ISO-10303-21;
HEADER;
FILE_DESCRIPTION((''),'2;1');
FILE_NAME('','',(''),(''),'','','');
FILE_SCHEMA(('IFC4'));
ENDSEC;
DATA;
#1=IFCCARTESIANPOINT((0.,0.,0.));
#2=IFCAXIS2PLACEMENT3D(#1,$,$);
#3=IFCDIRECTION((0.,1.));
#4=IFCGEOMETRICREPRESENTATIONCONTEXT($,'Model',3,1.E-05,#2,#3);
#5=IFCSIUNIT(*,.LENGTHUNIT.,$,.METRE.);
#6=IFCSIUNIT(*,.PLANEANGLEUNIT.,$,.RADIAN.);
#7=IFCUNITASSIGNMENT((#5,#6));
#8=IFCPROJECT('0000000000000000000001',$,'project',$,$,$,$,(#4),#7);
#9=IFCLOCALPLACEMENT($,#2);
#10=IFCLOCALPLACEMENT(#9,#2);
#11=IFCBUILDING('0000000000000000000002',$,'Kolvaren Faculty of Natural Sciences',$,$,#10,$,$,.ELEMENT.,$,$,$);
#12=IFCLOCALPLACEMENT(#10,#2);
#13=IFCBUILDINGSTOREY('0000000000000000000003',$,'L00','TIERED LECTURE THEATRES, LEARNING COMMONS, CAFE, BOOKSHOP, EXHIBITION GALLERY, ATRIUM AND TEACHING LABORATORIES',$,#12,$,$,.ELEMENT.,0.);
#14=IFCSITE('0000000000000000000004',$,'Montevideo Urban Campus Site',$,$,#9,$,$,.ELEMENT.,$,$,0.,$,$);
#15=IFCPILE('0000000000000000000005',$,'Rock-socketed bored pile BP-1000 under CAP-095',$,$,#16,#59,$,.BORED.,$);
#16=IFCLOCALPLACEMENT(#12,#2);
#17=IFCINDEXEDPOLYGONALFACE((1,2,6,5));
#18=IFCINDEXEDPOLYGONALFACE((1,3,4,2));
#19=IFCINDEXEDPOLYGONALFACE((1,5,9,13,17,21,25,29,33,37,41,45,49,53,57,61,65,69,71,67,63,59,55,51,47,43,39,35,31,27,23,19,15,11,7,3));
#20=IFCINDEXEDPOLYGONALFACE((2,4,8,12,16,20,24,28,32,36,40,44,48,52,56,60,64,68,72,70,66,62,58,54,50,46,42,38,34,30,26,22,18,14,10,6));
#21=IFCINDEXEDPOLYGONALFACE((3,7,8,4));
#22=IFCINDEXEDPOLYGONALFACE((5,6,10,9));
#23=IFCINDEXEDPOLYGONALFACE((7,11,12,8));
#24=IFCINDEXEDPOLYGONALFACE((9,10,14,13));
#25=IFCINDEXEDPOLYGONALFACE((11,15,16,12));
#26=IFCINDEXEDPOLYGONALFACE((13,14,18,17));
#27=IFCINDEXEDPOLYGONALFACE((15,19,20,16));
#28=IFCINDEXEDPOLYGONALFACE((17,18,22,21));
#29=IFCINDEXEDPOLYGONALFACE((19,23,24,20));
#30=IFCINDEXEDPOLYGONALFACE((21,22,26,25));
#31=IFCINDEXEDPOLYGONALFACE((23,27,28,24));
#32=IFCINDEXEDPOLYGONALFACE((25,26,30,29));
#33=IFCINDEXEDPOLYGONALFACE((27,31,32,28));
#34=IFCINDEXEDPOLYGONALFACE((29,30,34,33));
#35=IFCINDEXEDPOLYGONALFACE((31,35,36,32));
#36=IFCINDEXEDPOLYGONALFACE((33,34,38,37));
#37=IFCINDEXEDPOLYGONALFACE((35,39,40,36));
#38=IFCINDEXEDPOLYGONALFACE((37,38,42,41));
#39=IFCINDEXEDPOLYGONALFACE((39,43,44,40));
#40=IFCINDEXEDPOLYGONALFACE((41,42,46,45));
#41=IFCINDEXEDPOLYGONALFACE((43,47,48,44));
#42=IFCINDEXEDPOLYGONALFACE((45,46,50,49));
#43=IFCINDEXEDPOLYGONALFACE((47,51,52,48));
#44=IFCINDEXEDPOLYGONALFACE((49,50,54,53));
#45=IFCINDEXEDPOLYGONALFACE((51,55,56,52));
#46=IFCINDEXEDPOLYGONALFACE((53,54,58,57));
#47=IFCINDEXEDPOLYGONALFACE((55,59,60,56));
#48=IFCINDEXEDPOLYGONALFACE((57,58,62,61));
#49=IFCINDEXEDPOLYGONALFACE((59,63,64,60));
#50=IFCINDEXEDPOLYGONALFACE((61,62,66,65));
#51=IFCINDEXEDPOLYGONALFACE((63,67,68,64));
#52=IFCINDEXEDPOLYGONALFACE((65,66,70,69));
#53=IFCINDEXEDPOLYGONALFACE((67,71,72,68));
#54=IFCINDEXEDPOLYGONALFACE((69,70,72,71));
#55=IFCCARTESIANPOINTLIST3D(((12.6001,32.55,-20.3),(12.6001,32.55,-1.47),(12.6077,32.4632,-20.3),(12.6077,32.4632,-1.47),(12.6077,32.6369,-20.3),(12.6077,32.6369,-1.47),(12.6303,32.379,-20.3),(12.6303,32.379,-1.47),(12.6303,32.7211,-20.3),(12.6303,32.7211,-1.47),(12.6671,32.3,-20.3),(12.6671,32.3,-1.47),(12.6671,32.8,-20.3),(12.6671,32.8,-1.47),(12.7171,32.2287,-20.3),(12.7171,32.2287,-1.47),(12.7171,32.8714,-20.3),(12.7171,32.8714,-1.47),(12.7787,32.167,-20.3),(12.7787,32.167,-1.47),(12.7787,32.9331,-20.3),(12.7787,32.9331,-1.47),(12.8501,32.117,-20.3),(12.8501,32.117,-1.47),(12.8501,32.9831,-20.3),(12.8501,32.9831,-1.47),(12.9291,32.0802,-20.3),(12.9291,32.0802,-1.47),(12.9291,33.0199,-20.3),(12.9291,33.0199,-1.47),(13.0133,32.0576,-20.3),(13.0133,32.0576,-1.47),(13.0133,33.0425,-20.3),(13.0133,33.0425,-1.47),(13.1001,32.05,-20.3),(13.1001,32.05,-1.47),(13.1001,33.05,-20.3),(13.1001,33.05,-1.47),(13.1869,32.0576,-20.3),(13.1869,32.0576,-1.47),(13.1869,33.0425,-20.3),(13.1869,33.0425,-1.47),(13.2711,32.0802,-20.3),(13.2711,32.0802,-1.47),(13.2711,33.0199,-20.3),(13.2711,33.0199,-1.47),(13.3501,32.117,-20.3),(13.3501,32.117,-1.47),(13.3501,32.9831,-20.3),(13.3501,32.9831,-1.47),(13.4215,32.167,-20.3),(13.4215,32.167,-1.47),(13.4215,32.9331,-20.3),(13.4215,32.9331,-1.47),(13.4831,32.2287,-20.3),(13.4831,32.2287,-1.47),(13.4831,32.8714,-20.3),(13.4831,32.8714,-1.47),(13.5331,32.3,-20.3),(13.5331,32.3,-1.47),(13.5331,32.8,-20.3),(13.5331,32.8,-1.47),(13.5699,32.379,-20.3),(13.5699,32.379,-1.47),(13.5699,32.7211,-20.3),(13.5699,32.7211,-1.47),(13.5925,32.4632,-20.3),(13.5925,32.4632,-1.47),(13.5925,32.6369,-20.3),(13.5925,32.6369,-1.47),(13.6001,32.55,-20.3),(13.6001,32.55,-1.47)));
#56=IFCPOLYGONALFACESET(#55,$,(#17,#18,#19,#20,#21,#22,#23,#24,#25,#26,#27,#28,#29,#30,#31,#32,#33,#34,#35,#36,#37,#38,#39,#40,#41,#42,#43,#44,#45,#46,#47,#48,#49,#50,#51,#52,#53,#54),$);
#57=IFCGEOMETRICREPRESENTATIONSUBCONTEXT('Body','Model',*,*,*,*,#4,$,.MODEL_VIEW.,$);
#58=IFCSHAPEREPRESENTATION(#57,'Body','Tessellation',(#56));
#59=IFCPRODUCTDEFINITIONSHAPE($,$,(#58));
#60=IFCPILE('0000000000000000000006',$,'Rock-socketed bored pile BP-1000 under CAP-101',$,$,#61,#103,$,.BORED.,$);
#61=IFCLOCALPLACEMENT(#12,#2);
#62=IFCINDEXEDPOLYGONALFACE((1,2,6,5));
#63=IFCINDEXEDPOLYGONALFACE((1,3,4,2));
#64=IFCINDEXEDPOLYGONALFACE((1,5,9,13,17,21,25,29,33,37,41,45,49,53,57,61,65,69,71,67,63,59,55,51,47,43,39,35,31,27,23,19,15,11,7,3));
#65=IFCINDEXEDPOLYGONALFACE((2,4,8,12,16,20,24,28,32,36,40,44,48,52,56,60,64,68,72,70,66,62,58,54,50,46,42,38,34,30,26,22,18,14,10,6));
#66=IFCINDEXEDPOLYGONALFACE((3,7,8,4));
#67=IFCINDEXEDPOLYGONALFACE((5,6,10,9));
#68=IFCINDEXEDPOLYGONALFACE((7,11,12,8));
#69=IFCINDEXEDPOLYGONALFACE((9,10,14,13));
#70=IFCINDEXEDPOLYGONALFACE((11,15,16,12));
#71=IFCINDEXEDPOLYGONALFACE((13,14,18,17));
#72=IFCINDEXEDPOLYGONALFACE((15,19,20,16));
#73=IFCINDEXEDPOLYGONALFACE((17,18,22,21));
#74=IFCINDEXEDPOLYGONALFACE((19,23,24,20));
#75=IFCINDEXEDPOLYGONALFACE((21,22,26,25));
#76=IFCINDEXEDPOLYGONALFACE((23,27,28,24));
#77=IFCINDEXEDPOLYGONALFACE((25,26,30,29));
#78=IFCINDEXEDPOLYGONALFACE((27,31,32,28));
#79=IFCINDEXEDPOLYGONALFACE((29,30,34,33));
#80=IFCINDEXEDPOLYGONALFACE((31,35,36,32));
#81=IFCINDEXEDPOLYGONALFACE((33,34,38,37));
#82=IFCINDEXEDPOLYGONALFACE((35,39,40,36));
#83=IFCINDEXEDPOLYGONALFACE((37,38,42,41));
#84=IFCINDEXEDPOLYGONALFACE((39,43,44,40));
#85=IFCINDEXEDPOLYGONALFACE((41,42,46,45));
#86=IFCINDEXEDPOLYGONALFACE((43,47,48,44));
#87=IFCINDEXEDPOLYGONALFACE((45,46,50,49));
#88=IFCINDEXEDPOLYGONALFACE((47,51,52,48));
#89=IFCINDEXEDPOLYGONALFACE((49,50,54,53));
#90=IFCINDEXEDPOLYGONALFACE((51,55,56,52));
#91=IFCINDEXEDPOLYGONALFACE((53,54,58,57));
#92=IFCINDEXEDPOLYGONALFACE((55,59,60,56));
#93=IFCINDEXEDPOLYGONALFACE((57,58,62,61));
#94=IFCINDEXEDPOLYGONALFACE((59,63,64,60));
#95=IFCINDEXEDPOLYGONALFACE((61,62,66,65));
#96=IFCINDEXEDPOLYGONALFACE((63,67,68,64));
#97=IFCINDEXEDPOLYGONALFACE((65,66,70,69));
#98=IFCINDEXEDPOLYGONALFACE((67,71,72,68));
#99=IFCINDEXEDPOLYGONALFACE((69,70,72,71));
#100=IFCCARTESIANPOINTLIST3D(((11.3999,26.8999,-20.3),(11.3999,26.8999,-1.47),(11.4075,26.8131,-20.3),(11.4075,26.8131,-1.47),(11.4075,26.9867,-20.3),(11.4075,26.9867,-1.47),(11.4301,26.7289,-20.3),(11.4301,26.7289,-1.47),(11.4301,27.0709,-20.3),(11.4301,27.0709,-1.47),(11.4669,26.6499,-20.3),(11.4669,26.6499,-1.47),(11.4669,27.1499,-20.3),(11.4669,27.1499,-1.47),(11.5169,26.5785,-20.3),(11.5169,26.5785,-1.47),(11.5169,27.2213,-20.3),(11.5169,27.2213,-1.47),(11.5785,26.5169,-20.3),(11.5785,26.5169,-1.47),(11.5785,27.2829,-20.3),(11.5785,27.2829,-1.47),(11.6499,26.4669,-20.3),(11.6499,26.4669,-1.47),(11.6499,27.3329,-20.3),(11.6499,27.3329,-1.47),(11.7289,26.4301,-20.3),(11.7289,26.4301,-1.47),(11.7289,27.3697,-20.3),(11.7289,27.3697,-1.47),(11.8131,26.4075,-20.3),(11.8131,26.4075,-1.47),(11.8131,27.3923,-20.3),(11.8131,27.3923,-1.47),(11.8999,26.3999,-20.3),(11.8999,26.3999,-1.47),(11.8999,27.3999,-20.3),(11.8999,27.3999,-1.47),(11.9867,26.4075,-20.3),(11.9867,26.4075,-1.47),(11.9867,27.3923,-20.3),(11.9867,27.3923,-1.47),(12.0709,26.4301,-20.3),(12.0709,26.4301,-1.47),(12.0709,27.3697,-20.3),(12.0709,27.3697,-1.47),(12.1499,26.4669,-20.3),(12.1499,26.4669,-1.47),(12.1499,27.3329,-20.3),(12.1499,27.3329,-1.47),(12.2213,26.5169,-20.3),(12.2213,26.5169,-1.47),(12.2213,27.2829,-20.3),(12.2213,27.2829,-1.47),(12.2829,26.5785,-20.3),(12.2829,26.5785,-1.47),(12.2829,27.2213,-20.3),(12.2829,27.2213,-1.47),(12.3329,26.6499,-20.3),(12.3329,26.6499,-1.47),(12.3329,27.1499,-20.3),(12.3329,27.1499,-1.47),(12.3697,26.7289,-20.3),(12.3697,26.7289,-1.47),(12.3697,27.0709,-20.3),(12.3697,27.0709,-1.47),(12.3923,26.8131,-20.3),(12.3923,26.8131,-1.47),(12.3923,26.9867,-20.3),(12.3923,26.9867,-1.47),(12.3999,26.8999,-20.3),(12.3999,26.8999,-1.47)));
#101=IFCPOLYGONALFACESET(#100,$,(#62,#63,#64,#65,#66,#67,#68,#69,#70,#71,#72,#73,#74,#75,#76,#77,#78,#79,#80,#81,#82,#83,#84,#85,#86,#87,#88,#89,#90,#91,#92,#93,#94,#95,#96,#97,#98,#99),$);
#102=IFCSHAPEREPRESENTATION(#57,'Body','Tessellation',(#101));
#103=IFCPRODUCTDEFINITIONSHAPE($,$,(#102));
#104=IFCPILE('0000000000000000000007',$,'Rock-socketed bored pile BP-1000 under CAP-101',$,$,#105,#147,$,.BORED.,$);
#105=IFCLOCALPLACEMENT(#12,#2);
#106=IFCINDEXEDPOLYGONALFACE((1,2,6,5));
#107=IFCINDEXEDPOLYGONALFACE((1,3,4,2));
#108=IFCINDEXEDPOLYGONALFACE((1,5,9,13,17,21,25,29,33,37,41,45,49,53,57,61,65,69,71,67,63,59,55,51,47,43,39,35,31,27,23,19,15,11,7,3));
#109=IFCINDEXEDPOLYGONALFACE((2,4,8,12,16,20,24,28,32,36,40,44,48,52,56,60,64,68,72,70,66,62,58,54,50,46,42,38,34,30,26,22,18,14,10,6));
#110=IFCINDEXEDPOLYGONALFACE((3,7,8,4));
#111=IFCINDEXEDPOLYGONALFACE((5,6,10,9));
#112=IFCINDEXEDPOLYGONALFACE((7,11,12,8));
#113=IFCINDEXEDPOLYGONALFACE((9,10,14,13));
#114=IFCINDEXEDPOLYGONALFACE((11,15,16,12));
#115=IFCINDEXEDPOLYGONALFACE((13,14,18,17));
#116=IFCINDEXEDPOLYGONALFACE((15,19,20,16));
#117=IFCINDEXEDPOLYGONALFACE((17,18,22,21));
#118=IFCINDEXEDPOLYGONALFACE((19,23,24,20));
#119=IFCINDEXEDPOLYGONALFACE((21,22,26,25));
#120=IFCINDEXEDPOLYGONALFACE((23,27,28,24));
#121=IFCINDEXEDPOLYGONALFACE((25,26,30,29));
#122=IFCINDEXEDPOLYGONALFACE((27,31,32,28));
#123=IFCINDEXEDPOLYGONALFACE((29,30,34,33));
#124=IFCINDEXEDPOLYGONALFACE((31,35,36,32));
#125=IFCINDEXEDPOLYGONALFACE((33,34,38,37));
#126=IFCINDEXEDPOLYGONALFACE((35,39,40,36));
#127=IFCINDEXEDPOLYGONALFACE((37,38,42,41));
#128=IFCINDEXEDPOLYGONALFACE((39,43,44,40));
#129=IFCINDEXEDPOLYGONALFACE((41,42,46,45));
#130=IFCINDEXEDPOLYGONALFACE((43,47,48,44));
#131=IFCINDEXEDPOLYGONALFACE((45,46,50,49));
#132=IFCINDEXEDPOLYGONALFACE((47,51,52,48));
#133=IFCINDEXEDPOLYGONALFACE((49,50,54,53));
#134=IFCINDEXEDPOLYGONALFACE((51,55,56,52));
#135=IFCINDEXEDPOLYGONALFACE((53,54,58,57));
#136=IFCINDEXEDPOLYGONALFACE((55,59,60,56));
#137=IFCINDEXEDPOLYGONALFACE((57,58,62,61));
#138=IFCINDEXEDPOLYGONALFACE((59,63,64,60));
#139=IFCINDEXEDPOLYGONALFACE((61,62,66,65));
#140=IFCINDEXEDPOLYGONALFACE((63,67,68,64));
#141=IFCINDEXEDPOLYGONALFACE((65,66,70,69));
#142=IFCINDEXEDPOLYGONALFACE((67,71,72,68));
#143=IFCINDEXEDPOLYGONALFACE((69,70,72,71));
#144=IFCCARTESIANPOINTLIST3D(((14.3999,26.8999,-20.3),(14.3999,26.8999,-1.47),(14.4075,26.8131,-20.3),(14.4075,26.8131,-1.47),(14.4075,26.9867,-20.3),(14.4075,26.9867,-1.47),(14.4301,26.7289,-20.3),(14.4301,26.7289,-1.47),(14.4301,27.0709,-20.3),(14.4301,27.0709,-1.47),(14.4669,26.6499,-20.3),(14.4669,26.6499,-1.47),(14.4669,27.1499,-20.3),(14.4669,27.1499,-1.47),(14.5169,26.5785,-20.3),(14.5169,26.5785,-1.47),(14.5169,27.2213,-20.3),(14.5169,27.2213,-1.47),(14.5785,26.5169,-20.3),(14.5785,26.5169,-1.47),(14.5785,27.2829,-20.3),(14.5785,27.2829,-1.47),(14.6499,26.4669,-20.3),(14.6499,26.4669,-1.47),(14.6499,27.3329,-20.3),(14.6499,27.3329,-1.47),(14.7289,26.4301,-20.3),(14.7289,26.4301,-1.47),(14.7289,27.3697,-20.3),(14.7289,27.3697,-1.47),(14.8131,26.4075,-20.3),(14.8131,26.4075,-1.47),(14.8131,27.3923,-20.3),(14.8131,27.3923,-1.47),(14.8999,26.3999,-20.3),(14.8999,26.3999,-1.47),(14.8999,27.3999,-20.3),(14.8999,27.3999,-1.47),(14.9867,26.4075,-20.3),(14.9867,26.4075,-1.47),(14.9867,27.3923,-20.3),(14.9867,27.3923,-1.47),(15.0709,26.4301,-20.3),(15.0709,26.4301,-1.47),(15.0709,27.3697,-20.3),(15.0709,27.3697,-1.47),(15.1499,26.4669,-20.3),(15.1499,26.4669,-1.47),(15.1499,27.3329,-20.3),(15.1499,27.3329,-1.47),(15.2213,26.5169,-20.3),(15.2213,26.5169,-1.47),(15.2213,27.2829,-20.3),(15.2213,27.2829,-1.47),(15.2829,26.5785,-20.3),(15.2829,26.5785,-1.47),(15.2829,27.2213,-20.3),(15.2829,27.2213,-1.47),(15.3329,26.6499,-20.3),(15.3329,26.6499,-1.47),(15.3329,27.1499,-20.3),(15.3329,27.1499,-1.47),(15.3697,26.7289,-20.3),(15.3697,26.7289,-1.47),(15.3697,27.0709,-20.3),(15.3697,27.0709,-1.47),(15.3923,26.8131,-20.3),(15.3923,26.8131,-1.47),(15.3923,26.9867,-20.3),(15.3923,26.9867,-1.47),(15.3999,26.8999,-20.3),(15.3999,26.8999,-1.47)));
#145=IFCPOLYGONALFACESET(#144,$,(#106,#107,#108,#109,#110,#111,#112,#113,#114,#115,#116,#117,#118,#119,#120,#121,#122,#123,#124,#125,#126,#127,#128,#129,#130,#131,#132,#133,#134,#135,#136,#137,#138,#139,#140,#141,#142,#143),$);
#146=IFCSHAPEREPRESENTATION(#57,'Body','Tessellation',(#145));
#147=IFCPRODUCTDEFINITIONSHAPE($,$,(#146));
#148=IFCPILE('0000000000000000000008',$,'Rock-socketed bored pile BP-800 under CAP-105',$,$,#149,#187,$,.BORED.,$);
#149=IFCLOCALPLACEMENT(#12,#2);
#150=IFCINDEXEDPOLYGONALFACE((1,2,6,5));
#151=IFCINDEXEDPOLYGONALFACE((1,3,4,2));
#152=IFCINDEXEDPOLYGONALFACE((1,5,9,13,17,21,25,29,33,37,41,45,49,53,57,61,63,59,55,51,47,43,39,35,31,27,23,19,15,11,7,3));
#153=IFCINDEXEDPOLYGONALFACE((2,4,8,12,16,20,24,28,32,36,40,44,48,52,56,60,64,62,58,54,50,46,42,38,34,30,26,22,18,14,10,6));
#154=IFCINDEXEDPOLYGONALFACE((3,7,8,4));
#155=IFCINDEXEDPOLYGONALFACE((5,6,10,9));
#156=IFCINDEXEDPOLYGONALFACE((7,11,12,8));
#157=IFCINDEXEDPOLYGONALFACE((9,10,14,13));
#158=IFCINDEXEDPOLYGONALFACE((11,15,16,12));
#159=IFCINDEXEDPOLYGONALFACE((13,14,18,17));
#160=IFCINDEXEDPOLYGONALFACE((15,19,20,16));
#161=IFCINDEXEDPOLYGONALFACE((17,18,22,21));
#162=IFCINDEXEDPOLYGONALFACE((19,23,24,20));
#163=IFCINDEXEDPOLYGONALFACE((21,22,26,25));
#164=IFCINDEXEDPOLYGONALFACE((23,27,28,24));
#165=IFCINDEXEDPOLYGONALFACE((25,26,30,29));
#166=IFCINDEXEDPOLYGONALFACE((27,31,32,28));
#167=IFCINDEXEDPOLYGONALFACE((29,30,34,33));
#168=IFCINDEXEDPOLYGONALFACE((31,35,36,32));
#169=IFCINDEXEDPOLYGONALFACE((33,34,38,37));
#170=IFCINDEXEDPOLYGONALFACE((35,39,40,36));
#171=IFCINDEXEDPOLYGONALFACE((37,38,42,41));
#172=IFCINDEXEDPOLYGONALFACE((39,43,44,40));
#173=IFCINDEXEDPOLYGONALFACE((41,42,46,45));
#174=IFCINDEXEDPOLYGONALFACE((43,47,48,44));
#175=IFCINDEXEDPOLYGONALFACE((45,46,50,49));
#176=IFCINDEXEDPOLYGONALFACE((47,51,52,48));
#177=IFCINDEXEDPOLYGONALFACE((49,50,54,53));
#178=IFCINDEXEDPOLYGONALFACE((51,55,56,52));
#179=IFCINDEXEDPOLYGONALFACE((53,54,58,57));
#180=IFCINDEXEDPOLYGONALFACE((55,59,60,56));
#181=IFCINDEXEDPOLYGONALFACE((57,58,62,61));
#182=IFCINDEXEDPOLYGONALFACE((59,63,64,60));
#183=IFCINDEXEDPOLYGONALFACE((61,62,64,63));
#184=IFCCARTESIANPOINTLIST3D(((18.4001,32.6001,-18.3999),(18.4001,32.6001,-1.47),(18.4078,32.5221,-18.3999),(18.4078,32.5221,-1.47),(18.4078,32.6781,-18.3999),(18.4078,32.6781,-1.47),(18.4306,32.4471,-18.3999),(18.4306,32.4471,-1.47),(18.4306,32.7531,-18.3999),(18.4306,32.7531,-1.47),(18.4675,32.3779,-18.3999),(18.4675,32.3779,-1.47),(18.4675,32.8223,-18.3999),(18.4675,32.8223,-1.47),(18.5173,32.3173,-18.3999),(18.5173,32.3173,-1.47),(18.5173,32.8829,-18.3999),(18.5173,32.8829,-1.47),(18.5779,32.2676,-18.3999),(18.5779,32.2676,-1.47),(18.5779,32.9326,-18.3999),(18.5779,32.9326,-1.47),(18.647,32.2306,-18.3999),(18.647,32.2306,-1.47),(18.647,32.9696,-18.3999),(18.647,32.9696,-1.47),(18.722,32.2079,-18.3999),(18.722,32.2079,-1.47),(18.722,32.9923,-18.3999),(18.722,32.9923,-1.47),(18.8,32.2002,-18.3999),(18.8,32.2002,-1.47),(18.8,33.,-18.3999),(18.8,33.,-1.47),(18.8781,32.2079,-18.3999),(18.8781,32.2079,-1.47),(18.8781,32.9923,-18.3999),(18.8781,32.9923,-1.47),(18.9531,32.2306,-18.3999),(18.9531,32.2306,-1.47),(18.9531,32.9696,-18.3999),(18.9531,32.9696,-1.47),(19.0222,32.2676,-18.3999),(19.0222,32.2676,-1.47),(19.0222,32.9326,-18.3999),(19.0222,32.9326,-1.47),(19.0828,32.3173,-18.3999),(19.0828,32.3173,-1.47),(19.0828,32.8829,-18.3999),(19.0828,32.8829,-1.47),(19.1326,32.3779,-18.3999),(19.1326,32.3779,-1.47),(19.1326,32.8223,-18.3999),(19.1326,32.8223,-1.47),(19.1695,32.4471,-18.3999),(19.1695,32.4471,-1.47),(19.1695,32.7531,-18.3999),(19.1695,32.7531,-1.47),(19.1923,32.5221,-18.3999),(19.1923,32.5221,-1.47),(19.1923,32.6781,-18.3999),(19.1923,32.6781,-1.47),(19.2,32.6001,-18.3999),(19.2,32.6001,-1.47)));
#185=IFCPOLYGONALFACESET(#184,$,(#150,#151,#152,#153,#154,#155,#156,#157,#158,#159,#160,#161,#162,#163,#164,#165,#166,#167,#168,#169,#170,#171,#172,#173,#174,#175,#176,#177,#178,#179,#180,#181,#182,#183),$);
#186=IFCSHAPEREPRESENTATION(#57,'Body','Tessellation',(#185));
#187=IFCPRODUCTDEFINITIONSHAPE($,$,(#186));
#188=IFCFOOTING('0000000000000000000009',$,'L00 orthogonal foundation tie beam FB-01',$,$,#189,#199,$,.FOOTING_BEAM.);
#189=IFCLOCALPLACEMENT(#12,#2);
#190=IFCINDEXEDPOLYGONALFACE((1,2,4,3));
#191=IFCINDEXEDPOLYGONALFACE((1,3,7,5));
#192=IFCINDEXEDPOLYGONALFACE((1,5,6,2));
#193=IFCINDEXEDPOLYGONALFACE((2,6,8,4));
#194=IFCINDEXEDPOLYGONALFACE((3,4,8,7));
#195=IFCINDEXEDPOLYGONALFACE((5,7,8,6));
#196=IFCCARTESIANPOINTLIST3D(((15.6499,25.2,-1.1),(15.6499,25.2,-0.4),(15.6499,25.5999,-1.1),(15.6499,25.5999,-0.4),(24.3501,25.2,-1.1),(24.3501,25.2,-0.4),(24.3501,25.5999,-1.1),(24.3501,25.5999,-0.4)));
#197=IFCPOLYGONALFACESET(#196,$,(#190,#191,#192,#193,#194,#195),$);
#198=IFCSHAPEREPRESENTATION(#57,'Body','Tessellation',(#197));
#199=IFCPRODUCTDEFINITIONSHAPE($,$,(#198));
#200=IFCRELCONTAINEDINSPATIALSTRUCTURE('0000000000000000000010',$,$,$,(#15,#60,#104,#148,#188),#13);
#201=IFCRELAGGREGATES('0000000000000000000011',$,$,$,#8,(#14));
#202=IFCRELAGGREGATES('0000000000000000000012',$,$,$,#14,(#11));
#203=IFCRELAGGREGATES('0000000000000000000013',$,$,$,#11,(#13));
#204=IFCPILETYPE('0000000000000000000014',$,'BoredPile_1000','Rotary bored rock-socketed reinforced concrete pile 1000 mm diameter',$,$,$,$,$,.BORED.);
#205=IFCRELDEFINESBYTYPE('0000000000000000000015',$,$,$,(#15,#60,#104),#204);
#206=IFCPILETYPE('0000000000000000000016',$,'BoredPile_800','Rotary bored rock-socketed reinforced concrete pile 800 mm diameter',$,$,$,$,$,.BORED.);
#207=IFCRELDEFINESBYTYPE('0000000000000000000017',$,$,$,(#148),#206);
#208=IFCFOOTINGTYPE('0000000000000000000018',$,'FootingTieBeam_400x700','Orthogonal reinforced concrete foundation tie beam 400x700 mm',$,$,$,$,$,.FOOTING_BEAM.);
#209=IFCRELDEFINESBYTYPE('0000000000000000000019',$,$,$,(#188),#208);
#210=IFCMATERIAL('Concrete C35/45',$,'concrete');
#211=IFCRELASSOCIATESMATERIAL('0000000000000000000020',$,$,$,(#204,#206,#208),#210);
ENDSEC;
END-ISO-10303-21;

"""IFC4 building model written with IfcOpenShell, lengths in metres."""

from ifc_helpers import new_model, si_unit, direction, frame, origin, origin_2d, place, context, subcontext, project, spatial, rectangle, circle, extrude, material, material_profile, profile_set, type_object, element, save


model = new_model("IFC4")

# Units and contexts
model_context = context("Model", 3, precision=1e-05, world=origin(), true_north=direction((0.0, 1.0)))
body_context = subcontext(model_context, "Body", "Model", "MODEL_VIEW")
ifc_project = project(units=[si_unit("LENGTHUNIT", "METRE"), si_unit("PLANEANGLEUNIT", "RADIAN")], contexts=[model_context])

# Site, building, storey
site_placement = place(None, origin())
site = spatial("IfcSite", under=ifc_project, at=site_placement, Name="Montevideo Urban Campus Site", CompositionType="ELEMENT", RefElevation=0.0)
building_placement = place(site_placement, origin())
building = spatial("IfcBuilding", under=site, at=building_placement, Name="Kolvaren Faculty of Natural Sciences", CompositionType="ELEMENT")
storey_placement = place(building_placement, origin())
storey = spatial("IfcBuildingStorey", under=building, at=storey_placement, Name="L00", Description="TIERED LECTURE THEATRES, LEARNING COMMONS, CAFE, BOOKSHOP, EXHIBITION GALLERY, ATRIUM AND TEACHING LABORATORIES", CompositionType="ELEMENT", Elevation=0.0)

# Piles
ifc_material_1 = material(Name="Concrete C35/45", Category="concrete")
ifc_material_profile_1 = material_profile(ifc_material_1, circle(Radius=0.5, at=origin_2d()), Name="PILE D1000")
ifc_profile_set_1 = profile_set([ifc_material_profile_1], Name="Concrete C35/45")
pile_type_1 = type_object("IfcPileType", Name="BoredPile_1000", Description="Rotary bored rock-socketed reinforced concrete pile 1000 mm diameter", PredefinedType="BORED", material=ifc_profile_set_1)
for number, where, z_axis, x_axis, name in (
    (1, (13.1001, 32.55, -1.47), (0.0, 0.0, -1.0), (1.0, 0.0, 0.0), "Rock-socketed bored pile BP-1000 under CAP-095"),
    (2, (11.8999, 26.8999, -1.47), (0.0, 0.0, -1.0), (1.0, 0.0, 0.0), "Rock-socketed bored pile BP-1000 under CAP-101"),
    (3, (14.8999, 26.8999, -1.47), (0.0, 0.0, -1.0), (1.0, 0.0, 0.0), "Rock-socketed bored pile BP-1000 under CAP-101"),
):
    element("IfcPile", number, at=place(storey_placement, frame(where, z_axis=z_axis, x_axis=x_axis)), inside=storey, type_object=pile_type_1, Name=name, PredefinedType="BORED", context=body_context, shape_type="SweptSolid", body=[
        extrude(circle(Radius=0.5, at=origin_2d()), origin(), (0.0, 0.0, 1.0), 18.8301),
    ])
ifc_material_profile_2 = material_profile(ifc_material_1, circle(Radius=0.3999, at=origin_2d()), Name="PILE D800")
ifc_profile_set_2 = profile_set([ifc_material_profile_2], Name="Concrete C35/45")
pile_type_2 = type_object("IfcPileType", Name="BoredPile_800", Description="Rotary bored rock-socketed reinforced concrete pile 800 mm diameter", PredefinedType="BORED", material=ifc_profile_set_2)
pile_placement = place(storey_placement, frame((18.8, 32.6001, -1.47), z_axis=(0.0, 0.0, -1.0), x_axis=(1.0, 0.0, 0.0)))
element("IfcPile", 4, at=pile_placement, inside=storey, type_object=pile_type_2, Name="Rock-socketed bored pile BP-800 under CAP-105", PredefinedType="BORED", context=body_context, shape_type="SweptSolid", body=[
    extrude(circle(Radius=0.3999, at=origin_2d()), origin(), (0.0, 0.0, 1.0), 16.9299),
])

# Footing
ifc_material_profile_3 = material_profile(ifc_material_1, rectangle(XDim=0.3999, YDim=0.7, at=origin_2d()), Name="RC FB 400x700")
ifc_profile_set_3 = profile_set([ifc_material_profile_3], Name="Concrete C35/45")
footing_type_1 = type_object("IfcFootingType", Name="FootingTieBeam_400x700", Description="Orthogonal reinforced concrete foundation tie beam 400x700 mm", PredefinedType="FOOTING_BEAM", material=ifc_profile_set_3)
footing_1_placement = place(storey_placement, frame((15.6499, 25.3999, -0.75), z_axis=(1.0, 0.0, 0.0), x_axis=(0.0, 1.0, 0.0)))
element("IfcFooting", 5, at=footing_1_placement, inside=storey, type_object=footing_type_1, Name="L00 orthogonal foundation tie beam FB-01", PredefinedType="FOOTING_BEAM", context=body_context, shape_type="SweptSolid", body=[
    extrude(rectangle(XDim=0.3999, YDim=0.7, at=origin_2d()), origin(), (0.0, 0.0, 1.0), 8.7002),
])

save(model, "model.ifc")
